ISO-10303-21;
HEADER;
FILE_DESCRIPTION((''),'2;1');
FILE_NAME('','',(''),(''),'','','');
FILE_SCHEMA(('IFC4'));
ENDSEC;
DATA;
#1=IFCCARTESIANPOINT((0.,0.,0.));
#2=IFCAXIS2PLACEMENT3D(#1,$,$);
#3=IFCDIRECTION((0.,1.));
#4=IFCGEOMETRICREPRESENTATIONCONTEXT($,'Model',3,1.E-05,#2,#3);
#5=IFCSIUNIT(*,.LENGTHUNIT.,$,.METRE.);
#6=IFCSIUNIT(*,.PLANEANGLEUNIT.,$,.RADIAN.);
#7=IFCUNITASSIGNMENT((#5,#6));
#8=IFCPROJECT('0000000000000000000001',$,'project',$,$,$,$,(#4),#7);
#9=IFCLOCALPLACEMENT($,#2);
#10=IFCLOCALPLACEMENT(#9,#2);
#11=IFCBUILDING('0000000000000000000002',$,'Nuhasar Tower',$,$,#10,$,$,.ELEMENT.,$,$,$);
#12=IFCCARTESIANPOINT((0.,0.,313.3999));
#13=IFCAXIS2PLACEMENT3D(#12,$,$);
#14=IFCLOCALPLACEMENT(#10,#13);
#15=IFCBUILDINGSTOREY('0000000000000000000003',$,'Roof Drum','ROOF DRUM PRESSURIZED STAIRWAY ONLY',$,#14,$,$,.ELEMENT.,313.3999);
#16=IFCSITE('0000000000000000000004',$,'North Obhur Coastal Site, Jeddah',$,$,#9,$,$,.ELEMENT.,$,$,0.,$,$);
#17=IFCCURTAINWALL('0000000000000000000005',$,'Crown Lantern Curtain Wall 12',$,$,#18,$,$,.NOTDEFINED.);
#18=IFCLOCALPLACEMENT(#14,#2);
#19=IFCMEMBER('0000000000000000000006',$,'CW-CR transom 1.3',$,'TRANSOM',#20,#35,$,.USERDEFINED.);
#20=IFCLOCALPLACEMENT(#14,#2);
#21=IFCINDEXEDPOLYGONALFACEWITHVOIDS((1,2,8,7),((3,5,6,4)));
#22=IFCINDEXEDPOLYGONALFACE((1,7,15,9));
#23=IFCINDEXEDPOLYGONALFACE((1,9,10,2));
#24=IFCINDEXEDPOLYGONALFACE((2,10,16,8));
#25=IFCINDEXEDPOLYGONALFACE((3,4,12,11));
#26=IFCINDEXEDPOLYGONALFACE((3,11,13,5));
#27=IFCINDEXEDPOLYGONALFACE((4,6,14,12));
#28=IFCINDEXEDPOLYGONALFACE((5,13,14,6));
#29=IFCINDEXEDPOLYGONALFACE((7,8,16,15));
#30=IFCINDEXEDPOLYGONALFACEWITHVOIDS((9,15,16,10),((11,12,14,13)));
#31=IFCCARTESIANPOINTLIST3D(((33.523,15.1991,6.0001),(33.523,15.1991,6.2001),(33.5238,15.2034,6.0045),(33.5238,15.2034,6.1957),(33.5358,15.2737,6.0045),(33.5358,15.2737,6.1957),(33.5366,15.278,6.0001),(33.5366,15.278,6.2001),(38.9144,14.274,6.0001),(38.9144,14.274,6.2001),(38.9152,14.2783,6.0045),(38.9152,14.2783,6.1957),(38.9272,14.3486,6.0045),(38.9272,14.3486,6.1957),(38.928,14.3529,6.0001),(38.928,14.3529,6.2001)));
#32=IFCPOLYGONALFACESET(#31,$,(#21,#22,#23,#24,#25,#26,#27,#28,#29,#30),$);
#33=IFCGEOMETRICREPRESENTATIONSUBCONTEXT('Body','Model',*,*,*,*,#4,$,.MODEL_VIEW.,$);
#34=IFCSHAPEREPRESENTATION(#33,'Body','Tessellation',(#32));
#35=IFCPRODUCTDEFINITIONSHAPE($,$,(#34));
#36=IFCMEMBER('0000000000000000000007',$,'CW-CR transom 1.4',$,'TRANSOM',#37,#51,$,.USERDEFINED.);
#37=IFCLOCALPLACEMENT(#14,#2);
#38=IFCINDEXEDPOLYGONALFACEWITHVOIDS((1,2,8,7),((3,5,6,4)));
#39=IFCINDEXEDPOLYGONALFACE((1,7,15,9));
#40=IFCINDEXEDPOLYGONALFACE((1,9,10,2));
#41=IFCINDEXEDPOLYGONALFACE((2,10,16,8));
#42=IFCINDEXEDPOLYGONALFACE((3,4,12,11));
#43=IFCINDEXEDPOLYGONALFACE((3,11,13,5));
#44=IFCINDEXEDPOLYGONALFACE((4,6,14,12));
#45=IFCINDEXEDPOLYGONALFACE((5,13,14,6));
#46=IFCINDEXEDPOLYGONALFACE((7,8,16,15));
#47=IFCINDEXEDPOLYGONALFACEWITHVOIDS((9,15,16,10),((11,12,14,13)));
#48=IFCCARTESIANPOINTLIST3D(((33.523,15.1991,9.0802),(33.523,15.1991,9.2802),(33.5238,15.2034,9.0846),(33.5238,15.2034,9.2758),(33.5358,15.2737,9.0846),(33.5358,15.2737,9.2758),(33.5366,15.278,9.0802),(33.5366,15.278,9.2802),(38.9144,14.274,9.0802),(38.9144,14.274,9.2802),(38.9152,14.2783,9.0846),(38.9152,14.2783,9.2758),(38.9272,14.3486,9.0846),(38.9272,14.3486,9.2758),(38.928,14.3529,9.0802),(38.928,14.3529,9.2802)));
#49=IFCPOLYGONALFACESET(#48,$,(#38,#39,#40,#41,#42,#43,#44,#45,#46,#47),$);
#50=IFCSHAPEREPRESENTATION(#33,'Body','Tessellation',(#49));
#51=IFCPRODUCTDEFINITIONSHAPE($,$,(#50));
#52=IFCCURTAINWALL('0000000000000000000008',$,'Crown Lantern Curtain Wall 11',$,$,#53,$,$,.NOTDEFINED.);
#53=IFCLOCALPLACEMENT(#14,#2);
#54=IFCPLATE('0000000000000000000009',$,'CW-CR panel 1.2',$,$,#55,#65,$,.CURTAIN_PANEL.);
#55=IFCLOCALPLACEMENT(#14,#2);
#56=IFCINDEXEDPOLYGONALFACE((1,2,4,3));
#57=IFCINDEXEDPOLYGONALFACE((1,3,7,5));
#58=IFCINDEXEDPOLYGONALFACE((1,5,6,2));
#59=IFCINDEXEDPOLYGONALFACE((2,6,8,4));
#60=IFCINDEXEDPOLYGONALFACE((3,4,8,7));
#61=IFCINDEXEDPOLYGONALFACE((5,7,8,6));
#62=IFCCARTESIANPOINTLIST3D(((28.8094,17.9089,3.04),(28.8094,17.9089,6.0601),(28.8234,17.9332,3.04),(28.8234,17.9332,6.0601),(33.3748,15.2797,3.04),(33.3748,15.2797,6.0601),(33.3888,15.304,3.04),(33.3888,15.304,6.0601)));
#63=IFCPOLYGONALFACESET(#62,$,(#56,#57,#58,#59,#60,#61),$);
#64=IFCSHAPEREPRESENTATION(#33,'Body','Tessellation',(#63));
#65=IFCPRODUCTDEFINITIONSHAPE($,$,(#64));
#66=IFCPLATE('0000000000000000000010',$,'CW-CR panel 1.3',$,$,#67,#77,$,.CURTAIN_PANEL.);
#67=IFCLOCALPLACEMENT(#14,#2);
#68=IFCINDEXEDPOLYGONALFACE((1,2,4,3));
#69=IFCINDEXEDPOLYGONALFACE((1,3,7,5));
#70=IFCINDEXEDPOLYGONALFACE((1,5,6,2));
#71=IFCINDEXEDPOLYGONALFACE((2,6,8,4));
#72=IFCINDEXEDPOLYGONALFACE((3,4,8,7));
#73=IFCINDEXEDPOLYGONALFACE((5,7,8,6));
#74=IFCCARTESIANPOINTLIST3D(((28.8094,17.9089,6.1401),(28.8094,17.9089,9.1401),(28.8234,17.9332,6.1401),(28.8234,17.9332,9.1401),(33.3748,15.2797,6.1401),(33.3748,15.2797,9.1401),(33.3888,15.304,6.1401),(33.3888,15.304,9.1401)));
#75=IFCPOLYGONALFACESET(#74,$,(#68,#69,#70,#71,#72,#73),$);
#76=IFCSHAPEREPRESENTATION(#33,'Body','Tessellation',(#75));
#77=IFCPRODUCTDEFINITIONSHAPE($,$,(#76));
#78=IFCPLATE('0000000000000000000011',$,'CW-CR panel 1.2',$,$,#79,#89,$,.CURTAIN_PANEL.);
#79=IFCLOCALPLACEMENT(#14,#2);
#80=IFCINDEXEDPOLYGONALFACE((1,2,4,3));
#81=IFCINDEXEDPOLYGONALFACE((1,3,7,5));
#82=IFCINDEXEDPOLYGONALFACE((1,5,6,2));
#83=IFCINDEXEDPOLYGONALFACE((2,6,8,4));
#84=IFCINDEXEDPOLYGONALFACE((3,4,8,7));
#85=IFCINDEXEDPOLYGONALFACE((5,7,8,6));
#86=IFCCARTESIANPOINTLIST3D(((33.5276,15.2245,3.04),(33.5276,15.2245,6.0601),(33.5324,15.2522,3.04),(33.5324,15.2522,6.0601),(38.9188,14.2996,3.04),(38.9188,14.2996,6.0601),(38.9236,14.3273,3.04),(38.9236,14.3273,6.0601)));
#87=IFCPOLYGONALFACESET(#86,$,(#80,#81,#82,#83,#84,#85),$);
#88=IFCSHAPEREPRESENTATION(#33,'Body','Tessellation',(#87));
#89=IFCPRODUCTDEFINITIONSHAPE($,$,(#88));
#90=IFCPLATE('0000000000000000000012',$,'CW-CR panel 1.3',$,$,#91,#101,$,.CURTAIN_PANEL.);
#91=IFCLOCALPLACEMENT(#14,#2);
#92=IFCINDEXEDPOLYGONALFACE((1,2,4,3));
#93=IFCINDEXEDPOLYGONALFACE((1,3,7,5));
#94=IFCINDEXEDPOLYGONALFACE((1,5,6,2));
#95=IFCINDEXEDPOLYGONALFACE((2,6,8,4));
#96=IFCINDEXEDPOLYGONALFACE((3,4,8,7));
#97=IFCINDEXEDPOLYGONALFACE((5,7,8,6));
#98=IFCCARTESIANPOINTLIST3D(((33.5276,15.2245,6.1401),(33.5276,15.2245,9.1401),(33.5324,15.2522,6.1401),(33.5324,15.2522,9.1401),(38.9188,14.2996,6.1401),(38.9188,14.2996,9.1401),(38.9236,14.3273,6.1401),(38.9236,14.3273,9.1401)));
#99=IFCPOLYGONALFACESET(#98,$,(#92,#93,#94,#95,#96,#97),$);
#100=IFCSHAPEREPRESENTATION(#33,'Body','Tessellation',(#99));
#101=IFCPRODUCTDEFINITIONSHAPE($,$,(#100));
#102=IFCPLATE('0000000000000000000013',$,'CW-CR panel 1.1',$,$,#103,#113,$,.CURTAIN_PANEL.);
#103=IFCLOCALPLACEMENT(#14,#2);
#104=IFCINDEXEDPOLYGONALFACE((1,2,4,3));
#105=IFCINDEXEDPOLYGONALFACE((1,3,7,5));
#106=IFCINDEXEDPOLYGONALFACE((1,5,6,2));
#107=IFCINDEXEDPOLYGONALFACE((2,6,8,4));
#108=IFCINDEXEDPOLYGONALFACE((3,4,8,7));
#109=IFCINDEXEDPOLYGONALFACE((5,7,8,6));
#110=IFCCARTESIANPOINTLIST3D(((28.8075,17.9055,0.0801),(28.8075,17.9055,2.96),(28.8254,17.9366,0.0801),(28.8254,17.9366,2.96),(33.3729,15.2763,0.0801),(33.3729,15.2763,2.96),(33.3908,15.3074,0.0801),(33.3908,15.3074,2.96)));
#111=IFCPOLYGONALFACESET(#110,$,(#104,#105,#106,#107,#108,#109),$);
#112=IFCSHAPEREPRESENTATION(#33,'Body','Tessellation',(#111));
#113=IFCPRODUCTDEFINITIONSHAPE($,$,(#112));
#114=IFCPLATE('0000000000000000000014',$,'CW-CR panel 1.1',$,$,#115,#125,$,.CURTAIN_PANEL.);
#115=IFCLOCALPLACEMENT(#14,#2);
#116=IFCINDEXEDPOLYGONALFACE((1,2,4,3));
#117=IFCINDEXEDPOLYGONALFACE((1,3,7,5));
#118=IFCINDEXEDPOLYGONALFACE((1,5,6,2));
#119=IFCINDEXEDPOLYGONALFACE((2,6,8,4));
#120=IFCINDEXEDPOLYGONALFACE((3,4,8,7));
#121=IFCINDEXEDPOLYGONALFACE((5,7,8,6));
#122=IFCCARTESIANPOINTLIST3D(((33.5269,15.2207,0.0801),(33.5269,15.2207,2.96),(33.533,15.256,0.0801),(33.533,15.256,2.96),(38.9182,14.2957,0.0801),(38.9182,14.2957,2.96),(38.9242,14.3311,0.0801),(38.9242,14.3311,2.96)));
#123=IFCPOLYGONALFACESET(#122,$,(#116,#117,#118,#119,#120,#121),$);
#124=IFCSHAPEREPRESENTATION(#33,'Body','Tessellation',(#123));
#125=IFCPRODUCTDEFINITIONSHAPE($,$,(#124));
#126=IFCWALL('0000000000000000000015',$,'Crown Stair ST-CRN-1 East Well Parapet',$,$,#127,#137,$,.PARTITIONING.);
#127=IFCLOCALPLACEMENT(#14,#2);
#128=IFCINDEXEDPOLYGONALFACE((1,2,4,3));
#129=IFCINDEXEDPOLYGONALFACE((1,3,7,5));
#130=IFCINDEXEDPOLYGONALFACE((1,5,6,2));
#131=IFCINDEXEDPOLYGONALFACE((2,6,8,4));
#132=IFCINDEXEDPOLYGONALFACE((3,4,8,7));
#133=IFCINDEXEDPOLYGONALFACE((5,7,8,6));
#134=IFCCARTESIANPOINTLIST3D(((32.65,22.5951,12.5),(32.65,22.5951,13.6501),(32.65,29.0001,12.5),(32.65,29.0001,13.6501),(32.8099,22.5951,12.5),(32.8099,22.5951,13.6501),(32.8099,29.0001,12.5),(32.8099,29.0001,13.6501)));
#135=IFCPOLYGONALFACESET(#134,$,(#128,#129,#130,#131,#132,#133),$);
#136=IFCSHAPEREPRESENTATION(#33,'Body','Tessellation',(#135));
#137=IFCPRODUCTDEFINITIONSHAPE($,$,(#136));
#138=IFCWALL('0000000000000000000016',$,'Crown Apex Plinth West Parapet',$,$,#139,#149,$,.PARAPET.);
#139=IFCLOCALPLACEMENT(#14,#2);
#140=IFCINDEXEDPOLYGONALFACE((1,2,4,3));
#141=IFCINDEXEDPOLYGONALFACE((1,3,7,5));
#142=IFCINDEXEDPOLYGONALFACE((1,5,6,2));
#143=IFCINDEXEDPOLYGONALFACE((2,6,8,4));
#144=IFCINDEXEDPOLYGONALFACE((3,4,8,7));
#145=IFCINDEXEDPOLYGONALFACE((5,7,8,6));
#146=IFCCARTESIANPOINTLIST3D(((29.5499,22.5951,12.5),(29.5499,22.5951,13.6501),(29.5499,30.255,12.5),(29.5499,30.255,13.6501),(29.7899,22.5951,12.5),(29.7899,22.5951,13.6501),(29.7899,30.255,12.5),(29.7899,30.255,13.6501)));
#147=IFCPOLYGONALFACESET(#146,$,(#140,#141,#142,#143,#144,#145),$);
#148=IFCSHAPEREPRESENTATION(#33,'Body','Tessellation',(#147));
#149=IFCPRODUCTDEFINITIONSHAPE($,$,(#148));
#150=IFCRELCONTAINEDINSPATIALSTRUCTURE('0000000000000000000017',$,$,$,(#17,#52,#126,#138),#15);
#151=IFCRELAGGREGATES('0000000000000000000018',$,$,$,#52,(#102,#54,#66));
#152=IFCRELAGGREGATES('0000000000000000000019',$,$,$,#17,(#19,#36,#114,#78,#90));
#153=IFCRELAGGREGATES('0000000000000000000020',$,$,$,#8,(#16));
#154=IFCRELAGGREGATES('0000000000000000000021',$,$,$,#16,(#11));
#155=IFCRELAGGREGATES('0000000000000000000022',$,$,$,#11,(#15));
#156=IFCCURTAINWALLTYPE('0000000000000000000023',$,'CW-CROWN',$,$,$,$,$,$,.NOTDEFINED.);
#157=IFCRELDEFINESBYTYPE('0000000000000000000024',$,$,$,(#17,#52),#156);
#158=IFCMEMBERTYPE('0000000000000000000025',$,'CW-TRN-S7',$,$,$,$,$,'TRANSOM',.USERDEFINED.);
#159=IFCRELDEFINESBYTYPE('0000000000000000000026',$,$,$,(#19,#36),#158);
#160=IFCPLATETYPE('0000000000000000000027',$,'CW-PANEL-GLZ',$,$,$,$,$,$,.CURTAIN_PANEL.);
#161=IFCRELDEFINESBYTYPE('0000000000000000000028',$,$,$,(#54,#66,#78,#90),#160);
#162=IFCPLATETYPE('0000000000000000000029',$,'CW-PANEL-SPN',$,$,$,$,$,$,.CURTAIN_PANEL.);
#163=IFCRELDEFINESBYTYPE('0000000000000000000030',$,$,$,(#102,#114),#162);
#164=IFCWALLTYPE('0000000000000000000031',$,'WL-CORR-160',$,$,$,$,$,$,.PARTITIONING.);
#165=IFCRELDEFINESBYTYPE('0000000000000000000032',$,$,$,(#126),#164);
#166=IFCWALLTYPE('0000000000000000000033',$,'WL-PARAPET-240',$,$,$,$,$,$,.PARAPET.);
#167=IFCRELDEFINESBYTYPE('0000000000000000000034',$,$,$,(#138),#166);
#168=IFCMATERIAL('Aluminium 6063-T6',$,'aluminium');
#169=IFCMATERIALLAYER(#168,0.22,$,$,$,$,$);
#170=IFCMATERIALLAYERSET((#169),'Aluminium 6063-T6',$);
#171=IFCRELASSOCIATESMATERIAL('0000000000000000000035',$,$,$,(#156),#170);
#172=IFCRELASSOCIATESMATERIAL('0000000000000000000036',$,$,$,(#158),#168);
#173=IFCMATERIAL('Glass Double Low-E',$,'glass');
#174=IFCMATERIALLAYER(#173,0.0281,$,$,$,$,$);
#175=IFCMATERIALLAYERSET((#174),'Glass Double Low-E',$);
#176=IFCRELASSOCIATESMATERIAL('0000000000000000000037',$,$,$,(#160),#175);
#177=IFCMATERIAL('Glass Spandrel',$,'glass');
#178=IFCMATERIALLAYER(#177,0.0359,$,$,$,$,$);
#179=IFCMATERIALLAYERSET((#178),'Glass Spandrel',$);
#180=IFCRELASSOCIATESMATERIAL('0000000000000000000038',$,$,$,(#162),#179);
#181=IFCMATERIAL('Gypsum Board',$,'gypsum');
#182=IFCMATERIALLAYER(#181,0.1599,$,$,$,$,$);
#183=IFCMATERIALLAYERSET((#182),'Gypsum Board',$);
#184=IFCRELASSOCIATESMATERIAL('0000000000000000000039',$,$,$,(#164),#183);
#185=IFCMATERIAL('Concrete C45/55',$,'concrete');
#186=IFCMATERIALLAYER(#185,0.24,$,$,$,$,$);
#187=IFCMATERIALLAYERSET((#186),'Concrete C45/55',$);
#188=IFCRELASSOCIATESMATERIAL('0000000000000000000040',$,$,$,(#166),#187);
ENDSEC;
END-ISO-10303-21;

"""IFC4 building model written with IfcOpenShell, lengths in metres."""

from ifc_helpers import new_model, si_unit, direction, frame, frame_2d, origin, origin_2d, place, context, subcontext, project, spatial, rectangle, hollow_rectangle, extrude, material, layer, layer_set, material_profile, profile_set, type_object, element, aggregate, save


model = new_model("IFC4")

# Units and contexts
model_context = context("Model", 3, precision=1e-05, world=origin(), true_north=direction((0.0, 1.0)))
body_context = subcontext(model_context, "Body", "Model", "MODEL_VIEW")
ifc_project = project(units=[si_unit("LENGTHUNIT", "METRE"), si_unit("PLANEANGLEUNIT", "RADIAN")], contexts=[model_context])

# Site, building, storey
site_placement = place(None, origin())
site = spatial("IfcSite", under=ifc_project, at=site_placement, Name="North Obhur Coastal Site, Jeddah", CompositionType="ELEMENT", RefElevation=0.0)
building_placement = place(site_placement, origin())
building = spatial("IfcBuilding", under=site, at=building_placement, Name="Nuhasar Tower", CompositionType="ELEMENT")
storey_placement = place(building_placement, frame((0.0, 0.0, 313.3999)))
storey = spatial("IfcBuildingStorey", under=building, at=storey_placement, Name="Roof Drum", Description="ROOF DRUM PRESSURIZED STAIRWAY ONLY", CompositionType="ELEMENT", Elevation=313.3999)

# Curtain wall, members
ifc_material_1 = material(Name="Aluminium 6063-T6", Category="aluminium")
ifc_layer_1 = layer(ifc_material_1, 0.22)
ifc_layer_set_1 = layer_set([ifc_layer_1], Name="Aluminium 6063-T6")
curtain_wall_type = type_object("IfcCurtainWallType", Name="CW-CROWN", PredefinedType="NOTDEFINED", material=ifc_layer_set_1)
curtain_wall_1_placement = place(storey_placement, origin())
curtain_wall_1 = element("IfcCurtainWall", 1, at=curtain_wall_1_placement, inside=storey, type_object=curtain_wall_type, Name="Crown Lantern Curtain Wall 12", PredefinedType="NOTDEFINED")
ifc_material_profile_1 = material_profile(ifc_material_1, hollow_rectangle(XDim=0.0801, YDim=0.2, WallThickness=0.0044, at=origin_2d()), Name="CWT-7")
ifc_profile_set_1 = profile_set([ifc_material_profile_1], Name="Aluminium 6063-T6")
member_type_1 = type_object("IfcMemberType", Name="CW-TRN-S7", ElementType="TRANSOM", PredefinedType="USERDEFINED", material=ifc_profile_set_1)
member_1_placement = place(storey_placement, frame((33.5298, 15.2385, 6.1001), z_axis=(0.985597, -0.169109, 0.0), x_axis=(0.169109, 0.985597, 0.0)))
member_1 = element("IfcMember", 2, at=member_1_placement, type_object=member_type_1, Name="CW-CR transom 1.3", ObjectType="TRANSOM", PredefinedType="USERDEFINED", context=body_context, shape_type="SweptSolid", body=[
    extrude(hollow_rectangle(XDim=0.0801, YDim=0.2, WallThickness=0.0044, at=origin_2d()), origin(), (0.0, 0.0, 1.0), 5.4702),
])
member_2_placement = place(storey_placement, frame((33.5298, 15.2385, 9.1802), z_axis=(0.985597, -0.169109, 0.0), x_axis=(0.169109, 0.985597, 0.0)))
member_2 = element("IfcMember", 3, at=member_2_placement, type_object=member_type_1, Name="CW-CR transom 1.4", ObjectType="TRANSOM", PredefinedType="USERDEFINED", context=body_context, shape_type="SweptSolid", body=[
    extrude(hollow_rectangle(XDim=0.0801, YDim=0.2, WallThickness=0.0044, at=origin_2d()), origin(), (0.0, 0.0, 1.0), 5.4702),
])

# Curtain wall, plates
curtain_wall_2_placement = place(storey_placement, origin())
curtain_wall_2 = element("IfcCurtainWall", 4, at=curtain_wall_2_placement, inside=storey, type_object=curtain_wall_type, Name="Crown Lantern Curtain Wall 11", PredefinedType="NOTDEFINED")
ifc_material_2 = material(Name="Glass Double Low-E", Category="glass")
ifc_layer_2 = layer(ifc_material_2, 0.0281)
ifc_layer_set_2 = layer_set([ifc_layer_2], Name="Glass Double Low-E")
plate_type_1 = type_object("IfcPlateType", Name="CW-PANEL-GLZ", PredefinedType="CURTAIN_PANEL", material=ifc_layer_set_2)
plate_1_placement = place(storey_placement, frame((31.0991, 16.6064, 3.04), z_axis=(0.0, 0.0, 1.0), x_axis=(0.866572, -0.499052, 0.0)))
plate_1 = element("IfcPlate", 5, at=plate_1_placement, type_object=plate_type_1, Name="CW-CR panel 1.2", PredefinedType="CURTAIN_PANEL", context=body_context, shape_type="SweptSolid", body=[
    extrude(rectangle(XDim=5.2683, YDim=0.0281, at=origin_2d()), origin(), (0.0, 0.0, 1.0), 3.02),
])
plate_2_placement = place(storey_placement, frame((31.0991, 16.6064, 6.1401), z_axis=(0.0, 0.0, 1.0), x_axis=(0.866572, -0.499052, 0.0)))
plate_2 = element("IfcPlate", 6, at=plate_2_placement, type_object=plate_type_1, Name="CW-CR panel 1.3", PredefinedType="CURTAIN_PANEL", context=body_context, shape_type="SweptSolid", body=[
    extrude(rectangle(XDim=5.2683, YDim=0.0281, at=origin_2d()), origin(), (0.0, 0.0, 1.0), 3.0),
])

# Plates
plate_3_placement = place(storey_placement, frame((36.2256, 14.7759, 3.04), z_axis=(0.0, 0.0, 1.0), x_axis=(0.9856, -0.169092, 0.0)))
plate_3 = element("IfcPlate", 7, at=plate_3_placement, type_object=plate_type_1, Name="CW-CR panel 1.2", PredefinedType="CURTAIN_PANEL", context=body_context, shape_type="SweptSolid", body=[
    extrude(rectangle(XDim=5.47, YDim=0.0281, at=origin_2d()), origin(), (0.0, 0.0, 1.0), 3.02),
])
plate_4_placement = place(storey_placement, frame((36.2256, 14.7759, 6.1401), z_axis=(0.0, 0.0, 1.0), x_axis=(0.9856, -0.169092, 0.0)))
plate_4 = element("IfcPlate", 8, at=plate_4_placement, type_object=plate_type_1, Name="CW-CR panel 1.3", PredefinedType="CURTAIN_PANEL", context=body_context, shape_type="SweptSolid", body=[
    extrude(rectangle(XDim=5.47, YDim=0.0281, at=origin_2d()), origin(), (0.0, 0.0, 1.0), 3.0),
])
ifc_material_3 = material(Name="Glass Spandrel", Category="glass")
ifc_layer_3 = layer(ifc_material_3, 0.0359)
ifc_layer_set_3 = layer_set([ifc_layer_3], Name="Glass Spandrel")
plate_type_2 = type_object("IfcPlateType", Name="CW-PANEL-SPN", PredefinedType="CURTAIN_PANEL", material=ifc_layer_set_3)
plate_5_placement = place(storey_placement, frame((31.0991, 16.6064, 0.0801), z_axis=(0.0, 0.0, 1.0), x_axis=(0.866572, -0.499052, 0.0)))
plate_5 = element("IfcPlate", 9, at=plate_5_placement, type_object=plate_type_2, Name="CW-CR panel 1.1", PredefinedType="CURTAIN_PANEL", context=body_context, shape_type="SweptSolid", body=[
    extrude(rectangle(XDim=5.2683, YDim=0.0359, at=origin_2d()), origin(), (0.0, 0.0, 1.0), 2.8799),
])
aggregate(curtain_wall_2, [plate_5, plate_1, plate_2])
plate_6_placement = place(storey_placement, frame((36.2256, 14.7759, 0.0801), z_axis=(0.0, 0.0, 1.0), x_axis=(0.9856, -0.169092, 0.0)))
plate_6 = element("IfcPlate", 10, at=plate_6_placement, type_object=plate_type_2, Name="CW-CR panel 1.1", PredefinedType="CURTAIN_PANEL", context=body_context, shape_type="SweptSolid", body=[
    extrude(rectangle(XDim=5.47, YDim=0.0359, at=origin_2d()), origin(), (0.0, 0.0, 1.0), 2.8799),
])
aggregate(curtain_wall_1, [member_1, member_2, plate_6, plate_3, plate_4])

# Walls
ifc_material_4 = material(Name="Gypsum Board", Category="gypsum")
ifc_layer_4 = layer(ifc_material_4, 0.1599)
ifc_layer_set_4 = layer_set([ifc_layer_4], Name="Gypsum Board")
wall_type_1 = type_object("IfcWallType", Name="WL-CORR-160", PredefinedType="PARTITIONING", material=ifc_layer_set_4)
wall_1_placement = place(storey_placement, frame((32.73, 22.595, 12.5), z_axis=(0.0, 0.0, 1.0), x_axis=(0.0, 1.0, 0.0)))
element("IfcWall", 11, at=wall_1_placement, inside=storey, type_object=wall_type_1, Name="Crown Stair ST-CRN-1 East Well Parapet", PredefinedType="PARTITIONING", context=body_context, shape_type="SweptSolid", body=[
    extrude(rectangle(XDim=6.405, YDim=0.1599, at=frame_2d((3.2026, 0.0))), origin(), (0.0, 0.0, 1.0), 1.1501),
])
ifc_material_5 = material(Name="Concrete C45/55", Category="concrete")
ifc_layer_5 = layer(ifc_material_5, 0.24)
ifc_layer_set_5 = layer_set([ifc_layer_5], Name="Concrete C45/55")
wall_type_2 = type_object("IfcWallType", Name="WL-PARAPET-240", PredefinedType="PARAPET", material=ifc_layer_set_5)
wall_2_placement = place(storey_placement, frame((29.6699, 22.595, 12.5), z_axis=(0.0, 0.0, 1.0), x_axis=(0.0, 1.0, 0.0)))
element("IfcWall", 12, at=wall_2_placement, inside=storey, type_object=wall_type_2, Name="Crown Apex Plinth West Parapet", PredefinedType="PARAPET", context=body_context, shape_type="SweptSolid", body=[
    extrude(rectangle(XDim=7.6599, YDim=0.24, at=frame_2d((3.8301, 0.0))), origin(), (0.0, 0.0, 1.0), 1.1501),
])

save(model, "model.ifc")
